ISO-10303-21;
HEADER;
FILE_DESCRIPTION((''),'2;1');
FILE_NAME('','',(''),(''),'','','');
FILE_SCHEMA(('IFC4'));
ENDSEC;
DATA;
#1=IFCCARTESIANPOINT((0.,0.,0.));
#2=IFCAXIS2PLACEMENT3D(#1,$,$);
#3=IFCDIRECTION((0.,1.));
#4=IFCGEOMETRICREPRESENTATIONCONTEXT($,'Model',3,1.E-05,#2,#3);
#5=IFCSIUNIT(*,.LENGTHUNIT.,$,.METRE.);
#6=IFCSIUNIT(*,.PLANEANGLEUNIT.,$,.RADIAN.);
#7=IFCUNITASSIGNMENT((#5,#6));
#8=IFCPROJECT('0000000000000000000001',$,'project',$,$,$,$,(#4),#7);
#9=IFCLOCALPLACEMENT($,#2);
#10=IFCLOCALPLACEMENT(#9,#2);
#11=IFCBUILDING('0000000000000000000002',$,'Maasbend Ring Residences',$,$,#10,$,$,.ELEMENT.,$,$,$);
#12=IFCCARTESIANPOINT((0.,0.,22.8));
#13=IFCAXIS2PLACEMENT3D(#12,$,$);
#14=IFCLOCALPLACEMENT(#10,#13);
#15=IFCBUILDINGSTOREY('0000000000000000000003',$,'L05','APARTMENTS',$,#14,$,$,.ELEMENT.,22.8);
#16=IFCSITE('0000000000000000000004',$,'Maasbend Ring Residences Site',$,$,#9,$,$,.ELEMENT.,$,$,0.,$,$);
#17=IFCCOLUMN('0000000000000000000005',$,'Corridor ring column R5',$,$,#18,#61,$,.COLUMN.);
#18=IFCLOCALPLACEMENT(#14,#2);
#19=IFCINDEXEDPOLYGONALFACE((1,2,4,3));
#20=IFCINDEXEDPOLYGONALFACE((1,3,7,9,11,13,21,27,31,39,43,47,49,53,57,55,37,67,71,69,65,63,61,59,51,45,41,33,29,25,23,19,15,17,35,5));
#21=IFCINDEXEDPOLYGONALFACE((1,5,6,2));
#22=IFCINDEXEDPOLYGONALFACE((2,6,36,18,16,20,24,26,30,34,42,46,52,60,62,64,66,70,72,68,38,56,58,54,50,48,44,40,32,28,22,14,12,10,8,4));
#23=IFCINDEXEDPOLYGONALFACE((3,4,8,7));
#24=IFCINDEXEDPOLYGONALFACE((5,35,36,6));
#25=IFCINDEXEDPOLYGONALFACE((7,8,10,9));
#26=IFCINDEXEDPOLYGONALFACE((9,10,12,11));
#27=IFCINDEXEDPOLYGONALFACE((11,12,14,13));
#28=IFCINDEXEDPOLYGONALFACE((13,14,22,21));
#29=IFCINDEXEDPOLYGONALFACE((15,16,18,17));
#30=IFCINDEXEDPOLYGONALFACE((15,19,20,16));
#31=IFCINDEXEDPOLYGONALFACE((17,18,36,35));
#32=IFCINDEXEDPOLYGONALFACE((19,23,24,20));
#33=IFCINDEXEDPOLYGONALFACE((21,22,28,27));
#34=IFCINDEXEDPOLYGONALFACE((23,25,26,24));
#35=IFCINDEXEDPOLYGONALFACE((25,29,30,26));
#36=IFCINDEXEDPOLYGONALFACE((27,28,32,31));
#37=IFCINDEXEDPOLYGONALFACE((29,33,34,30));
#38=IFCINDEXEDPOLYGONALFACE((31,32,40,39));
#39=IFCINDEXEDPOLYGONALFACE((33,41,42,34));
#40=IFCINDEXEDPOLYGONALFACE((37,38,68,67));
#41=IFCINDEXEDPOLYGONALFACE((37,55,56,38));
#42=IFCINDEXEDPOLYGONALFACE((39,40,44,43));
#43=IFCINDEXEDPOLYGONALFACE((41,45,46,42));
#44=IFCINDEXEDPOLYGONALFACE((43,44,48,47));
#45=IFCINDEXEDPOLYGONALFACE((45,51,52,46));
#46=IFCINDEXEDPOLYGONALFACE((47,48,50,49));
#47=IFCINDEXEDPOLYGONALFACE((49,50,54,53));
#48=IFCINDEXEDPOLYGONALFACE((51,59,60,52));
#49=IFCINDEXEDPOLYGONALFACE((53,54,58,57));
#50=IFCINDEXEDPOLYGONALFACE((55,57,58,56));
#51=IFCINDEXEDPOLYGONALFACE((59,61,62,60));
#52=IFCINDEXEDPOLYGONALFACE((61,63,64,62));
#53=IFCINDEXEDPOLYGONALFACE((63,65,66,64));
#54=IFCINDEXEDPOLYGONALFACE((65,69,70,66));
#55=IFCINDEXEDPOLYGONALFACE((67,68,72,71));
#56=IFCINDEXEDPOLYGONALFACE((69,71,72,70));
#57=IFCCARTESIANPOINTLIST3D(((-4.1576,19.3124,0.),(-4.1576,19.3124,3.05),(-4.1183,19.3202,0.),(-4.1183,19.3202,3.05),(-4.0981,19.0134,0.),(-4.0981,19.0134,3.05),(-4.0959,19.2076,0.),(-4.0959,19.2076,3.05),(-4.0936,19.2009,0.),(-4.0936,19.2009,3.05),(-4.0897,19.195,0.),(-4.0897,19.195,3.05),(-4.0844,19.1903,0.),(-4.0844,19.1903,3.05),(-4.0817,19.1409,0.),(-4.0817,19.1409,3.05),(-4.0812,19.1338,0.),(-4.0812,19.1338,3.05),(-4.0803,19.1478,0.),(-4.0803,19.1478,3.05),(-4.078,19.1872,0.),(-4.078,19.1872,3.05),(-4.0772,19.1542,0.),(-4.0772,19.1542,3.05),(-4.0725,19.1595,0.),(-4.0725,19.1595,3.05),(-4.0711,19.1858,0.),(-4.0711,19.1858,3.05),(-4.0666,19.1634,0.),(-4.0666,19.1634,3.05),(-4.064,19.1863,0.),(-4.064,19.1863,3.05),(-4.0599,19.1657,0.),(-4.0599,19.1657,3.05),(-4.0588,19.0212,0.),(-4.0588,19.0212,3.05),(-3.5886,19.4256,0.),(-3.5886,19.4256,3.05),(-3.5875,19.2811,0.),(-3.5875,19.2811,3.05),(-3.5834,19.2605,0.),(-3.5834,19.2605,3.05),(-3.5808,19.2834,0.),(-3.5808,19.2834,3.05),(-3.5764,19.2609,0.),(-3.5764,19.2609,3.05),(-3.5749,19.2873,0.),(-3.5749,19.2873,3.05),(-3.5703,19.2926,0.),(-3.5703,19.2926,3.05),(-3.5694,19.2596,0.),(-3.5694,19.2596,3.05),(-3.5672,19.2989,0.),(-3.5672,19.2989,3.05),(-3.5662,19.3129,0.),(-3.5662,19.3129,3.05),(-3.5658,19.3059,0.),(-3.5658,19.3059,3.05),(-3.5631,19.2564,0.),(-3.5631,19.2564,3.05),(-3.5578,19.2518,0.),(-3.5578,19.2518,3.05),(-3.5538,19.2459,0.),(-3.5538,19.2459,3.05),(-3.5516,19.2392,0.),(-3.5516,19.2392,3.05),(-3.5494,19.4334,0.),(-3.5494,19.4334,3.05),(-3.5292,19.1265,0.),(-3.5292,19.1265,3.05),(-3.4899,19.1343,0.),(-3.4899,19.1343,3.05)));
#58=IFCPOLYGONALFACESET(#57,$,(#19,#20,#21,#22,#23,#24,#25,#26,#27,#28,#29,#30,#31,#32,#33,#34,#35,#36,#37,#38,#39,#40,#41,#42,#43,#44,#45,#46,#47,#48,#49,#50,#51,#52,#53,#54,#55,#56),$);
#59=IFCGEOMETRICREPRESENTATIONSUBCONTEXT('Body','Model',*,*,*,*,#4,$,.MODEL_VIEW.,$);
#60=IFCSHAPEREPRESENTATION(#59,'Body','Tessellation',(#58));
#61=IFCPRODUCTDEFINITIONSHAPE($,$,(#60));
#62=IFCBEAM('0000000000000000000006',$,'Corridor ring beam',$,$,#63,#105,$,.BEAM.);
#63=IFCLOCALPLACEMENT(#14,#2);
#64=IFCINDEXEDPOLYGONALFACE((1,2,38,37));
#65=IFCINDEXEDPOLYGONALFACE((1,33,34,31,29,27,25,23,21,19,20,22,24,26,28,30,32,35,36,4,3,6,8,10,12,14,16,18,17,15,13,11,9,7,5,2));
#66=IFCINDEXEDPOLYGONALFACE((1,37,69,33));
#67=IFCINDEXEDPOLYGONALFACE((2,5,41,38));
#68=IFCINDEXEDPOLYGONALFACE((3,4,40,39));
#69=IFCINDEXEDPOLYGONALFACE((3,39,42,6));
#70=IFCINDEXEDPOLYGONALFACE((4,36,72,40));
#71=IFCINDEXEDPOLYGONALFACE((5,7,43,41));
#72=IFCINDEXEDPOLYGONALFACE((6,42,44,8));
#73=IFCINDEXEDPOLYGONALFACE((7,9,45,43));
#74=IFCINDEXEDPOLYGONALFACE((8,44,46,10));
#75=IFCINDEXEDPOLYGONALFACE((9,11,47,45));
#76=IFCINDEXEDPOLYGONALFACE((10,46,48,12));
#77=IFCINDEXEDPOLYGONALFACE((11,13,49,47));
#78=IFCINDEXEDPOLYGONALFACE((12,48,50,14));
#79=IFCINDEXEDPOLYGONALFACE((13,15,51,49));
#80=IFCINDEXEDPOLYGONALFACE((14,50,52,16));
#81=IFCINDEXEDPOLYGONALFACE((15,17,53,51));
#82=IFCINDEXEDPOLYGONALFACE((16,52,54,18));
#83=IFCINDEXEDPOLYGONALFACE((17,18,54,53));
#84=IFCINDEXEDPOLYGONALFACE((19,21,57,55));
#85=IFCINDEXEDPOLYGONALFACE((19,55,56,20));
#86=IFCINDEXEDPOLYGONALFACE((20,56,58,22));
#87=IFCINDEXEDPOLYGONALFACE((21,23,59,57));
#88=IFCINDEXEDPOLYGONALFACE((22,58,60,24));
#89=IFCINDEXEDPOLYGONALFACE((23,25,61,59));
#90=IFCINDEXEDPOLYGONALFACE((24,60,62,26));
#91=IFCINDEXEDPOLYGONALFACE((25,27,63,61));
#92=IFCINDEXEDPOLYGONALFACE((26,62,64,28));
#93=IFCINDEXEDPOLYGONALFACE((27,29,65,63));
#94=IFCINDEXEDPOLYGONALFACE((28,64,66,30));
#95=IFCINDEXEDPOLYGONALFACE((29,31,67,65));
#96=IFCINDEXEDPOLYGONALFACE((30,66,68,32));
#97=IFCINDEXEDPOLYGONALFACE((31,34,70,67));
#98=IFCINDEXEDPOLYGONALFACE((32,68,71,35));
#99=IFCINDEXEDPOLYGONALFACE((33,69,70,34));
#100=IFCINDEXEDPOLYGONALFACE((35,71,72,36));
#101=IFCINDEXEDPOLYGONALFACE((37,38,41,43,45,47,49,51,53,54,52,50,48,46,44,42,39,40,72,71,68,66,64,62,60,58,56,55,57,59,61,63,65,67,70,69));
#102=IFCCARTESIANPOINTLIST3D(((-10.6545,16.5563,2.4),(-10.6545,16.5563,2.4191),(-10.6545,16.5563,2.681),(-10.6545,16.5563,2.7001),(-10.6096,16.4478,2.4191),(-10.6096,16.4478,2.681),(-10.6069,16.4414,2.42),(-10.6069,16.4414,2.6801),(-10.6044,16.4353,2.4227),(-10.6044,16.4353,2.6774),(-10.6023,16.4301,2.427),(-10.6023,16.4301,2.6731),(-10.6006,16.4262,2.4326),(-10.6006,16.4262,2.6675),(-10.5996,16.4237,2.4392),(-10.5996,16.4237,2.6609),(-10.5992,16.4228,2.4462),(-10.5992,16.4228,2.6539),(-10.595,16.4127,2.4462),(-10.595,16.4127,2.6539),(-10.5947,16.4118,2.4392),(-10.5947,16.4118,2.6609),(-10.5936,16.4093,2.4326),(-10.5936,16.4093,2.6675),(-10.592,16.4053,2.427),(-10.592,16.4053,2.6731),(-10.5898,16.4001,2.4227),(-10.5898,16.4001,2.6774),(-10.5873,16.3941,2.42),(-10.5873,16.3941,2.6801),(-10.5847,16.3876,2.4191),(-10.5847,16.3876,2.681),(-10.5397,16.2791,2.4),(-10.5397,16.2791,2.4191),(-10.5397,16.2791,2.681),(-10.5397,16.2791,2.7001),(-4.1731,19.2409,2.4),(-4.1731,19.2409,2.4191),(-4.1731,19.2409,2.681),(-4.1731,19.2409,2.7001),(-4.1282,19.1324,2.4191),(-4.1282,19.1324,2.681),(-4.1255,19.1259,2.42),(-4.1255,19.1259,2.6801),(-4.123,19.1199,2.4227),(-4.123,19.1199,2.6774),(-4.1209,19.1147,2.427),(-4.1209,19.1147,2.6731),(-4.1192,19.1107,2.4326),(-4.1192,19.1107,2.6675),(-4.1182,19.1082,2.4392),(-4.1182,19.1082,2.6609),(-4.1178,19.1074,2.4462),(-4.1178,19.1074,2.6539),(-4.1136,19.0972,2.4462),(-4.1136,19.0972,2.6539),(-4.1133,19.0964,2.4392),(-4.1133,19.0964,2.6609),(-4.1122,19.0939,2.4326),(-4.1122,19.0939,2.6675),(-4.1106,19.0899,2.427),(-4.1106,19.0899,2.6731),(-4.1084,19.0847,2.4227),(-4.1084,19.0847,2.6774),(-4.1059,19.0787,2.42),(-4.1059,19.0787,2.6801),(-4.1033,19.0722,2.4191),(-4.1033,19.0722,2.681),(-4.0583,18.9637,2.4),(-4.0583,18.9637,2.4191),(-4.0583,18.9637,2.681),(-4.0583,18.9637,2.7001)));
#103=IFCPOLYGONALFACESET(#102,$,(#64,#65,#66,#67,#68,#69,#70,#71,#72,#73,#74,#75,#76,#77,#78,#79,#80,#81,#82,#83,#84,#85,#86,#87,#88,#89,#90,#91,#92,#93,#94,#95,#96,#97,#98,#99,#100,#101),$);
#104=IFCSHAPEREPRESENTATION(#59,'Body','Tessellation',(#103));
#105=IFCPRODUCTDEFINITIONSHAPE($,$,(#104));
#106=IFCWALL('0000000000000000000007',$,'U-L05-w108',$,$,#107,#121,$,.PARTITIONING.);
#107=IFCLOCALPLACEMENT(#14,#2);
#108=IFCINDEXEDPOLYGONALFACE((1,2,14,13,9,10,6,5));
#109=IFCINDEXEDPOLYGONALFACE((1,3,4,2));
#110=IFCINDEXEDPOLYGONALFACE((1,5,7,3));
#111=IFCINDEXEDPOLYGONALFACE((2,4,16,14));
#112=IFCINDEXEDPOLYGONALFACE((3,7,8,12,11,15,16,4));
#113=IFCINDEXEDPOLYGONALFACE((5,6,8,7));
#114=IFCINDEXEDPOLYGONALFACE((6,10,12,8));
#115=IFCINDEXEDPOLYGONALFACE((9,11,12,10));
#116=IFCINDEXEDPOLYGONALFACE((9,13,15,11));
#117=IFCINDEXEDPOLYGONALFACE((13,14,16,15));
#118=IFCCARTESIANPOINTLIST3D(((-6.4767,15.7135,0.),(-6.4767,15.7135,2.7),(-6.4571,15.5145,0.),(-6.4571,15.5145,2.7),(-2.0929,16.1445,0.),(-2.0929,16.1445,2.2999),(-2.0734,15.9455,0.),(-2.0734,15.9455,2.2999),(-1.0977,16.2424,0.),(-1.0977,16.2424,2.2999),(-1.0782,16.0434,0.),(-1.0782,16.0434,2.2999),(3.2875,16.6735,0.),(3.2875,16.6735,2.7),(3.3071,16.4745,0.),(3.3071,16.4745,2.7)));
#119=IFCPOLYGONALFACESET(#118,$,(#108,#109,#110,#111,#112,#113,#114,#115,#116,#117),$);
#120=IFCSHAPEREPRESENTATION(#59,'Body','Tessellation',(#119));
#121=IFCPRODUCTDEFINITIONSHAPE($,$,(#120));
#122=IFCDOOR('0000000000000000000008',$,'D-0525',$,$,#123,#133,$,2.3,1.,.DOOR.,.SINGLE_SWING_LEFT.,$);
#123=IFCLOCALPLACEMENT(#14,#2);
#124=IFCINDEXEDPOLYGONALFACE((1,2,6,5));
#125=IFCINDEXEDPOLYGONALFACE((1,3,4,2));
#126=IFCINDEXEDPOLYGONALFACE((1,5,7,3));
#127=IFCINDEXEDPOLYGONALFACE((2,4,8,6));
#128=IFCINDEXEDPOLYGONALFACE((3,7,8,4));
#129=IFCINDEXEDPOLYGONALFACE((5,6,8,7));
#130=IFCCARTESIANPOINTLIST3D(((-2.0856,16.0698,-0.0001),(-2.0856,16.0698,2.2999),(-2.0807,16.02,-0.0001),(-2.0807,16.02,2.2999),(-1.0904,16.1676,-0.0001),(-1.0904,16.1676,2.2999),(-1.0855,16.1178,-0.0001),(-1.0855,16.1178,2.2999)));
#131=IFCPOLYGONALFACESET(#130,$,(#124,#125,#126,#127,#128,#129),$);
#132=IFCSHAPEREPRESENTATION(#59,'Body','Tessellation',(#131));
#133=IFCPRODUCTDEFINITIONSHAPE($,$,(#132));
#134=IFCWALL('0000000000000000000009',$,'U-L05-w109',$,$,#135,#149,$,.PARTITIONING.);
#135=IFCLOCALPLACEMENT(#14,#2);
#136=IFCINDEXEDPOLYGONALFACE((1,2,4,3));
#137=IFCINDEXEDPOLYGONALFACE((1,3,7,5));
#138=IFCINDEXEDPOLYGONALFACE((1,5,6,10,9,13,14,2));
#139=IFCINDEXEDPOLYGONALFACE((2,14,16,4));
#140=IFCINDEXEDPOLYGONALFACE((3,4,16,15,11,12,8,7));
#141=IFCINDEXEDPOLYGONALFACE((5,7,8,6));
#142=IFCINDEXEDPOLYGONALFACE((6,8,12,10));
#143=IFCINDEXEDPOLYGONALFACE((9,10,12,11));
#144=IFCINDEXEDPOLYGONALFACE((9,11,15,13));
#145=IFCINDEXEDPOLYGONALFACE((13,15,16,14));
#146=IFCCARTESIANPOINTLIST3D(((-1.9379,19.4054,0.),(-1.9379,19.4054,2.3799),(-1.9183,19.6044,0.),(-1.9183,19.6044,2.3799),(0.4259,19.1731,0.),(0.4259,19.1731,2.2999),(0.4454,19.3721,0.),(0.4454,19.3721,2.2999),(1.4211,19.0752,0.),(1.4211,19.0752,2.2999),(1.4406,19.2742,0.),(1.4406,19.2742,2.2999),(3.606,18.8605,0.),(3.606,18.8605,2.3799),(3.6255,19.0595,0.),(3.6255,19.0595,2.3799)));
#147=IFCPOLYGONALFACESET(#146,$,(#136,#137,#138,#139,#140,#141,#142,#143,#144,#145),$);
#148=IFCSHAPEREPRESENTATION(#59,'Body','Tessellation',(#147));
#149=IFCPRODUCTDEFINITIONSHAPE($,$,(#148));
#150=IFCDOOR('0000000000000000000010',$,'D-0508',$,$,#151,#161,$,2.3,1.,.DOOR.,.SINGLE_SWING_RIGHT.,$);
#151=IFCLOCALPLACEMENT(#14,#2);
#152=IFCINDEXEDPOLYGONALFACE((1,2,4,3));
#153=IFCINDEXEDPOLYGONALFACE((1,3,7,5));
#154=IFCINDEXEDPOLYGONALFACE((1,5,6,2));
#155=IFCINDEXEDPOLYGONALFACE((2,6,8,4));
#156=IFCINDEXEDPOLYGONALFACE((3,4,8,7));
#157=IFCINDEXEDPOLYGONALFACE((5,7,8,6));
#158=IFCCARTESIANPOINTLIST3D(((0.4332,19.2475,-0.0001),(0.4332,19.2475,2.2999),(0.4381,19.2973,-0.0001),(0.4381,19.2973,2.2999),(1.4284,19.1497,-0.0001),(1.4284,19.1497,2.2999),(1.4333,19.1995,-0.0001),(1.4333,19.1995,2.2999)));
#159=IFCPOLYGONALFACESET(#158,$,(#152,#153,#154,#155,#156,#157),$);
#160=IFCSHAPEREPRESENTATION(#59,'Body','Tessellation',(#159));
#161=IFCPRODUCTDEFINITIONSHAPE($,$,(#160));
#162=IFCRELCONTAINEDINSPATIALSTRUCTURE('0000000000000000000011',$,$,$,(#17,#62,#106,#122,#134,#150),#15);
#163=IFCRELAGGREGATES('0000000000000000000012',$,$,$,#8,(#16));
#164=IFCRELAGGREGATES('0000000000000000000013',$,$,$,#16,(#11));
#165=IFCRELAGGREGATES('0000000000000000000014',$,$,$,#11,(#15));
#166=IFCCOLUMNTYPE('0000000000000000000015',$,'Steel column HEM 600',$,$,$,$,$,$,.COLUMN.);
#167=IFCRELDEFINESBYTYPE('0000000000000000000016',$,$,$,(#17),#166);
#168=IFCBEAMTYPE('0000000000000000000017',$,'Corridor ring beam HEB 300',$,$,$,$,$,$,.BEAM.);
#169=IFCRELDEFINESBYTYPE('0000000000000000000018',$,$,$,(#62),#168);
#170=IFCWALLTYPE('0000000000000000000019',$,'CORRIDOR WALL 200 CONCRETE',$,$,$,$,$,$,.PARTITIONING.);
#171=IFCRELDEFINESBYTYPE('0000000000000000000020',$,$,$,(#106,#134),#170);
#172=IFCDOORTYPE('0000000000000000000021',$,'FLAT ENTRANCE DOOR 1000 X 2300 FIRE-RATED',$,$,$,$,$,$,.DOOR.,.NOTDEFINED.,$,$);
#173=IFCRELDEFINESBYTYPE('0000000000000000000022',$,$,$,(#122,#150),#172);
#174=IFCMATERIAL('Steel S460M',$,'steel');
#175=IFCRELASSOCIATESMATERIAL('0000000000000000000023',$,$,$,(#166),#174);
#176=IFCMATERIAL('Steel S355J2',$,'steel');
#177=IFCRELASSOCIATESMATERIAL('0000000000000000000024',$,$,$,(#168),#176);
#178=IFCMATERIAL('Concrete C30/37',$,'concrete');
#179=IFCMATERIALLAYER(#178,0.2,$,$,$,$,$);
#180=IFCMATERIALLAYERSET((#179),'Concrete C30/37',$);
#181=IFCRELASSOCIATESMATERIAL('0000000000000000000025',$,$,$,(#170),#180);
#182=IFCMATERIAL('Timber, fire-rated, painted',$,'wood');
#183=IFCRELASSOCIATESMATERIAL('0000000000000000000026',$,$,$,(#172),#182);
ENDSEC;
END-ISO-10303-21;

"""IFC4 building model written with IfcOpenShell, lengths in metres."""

from ifc_helpers import new_model, si_unit, direction, frame, frame_2d, origin, origin_2d, place, context, subcontext, project, spatial, rectangle, i_section, extrude, material, layer, layer_set, material_profile, profile_set, type_object, element, fill, save


model = new_model("IFC4")

# Units and contexts
model_context = context("Model", 3, precision=1e-05, world=origin(), true_north=direction((0.0, 1.0)))
body_context = subcontext(model_context, "Body", "Model", "MODEL_VIEW")
ifc_project = project(units=[si_unit("LENGTHUNIT", "METRE"), si_unit("PLANEANGLEUNIT", "RADIAN")], contexts=[model_context])

# Site, building, storey
site_placement = place(None, origin())
site = spatial("IfcSite", under=ifc_project, at=site_placement, Name="Maasbend Ring Residences Site", CompositionType="ELEMENT", RefElevation=0.0)
building_placement = place(site_placement, origin())
building = spatial("IfcBuilding", under=site, at=building_placement, Name="Maasbend Ring Residences", CompositionType="ELEMENT")
storey_placement = place(building_placement, frame((0.0, 0.0, 22.8)))
storey = spatial("IfcBuildingStorey", under=building, at=storey_placement, Name="L05", Description="APARTMENTS", CompositionType="ELEMENT", Elevation=22.8)

# Column
ifc_material_1 = material(Name="Steel S460M", Category="steel")
ifc_material_profile_1 = material_profile(ifc_material_1, i_section(OverallWidth=0.3049, OverallDepth=0.6201, WebThickness=0.021, FlangeThickness=0.04, FilletRadius=0.0271, at=origin_2d()), Name="HEM 600")
ifc_profile_set_1 = profile_set([ifc_material_profile_1], Name="Steel S460M")
column_type = type_object("IfcColumnType", Name="Steel column HEM 600", PredefinedType="COLUMN", material=ifc_profile_set_1)
column_placement = place(storey_placement, frame((-3.8237, 19.2234, 0.0), z_axis=(0.0, 0.0, 1.0), x_axis=(-0.19509, 0.980785, 0.0)))
element("IfcColumn", 1, at=column_placement, inside=storey, type_object=column_type, Name="Corridor ring column R5", PredefinedType="COLUMN", context=body_context, shape_type="SweptSolid", body=[
    extrude(i_section(OverallWidth=0.3049, OverallDepth=0.6201, WebThickness=0.021, FlangeThickness=0.04, FilletRadius=0.0271, at=origin_2d()), origin(), (0.0, 0.0, 1.0), 3.05),
])

# Beam
ifc_material_2 = material(Name="Steel S355J2", Category="steel")
ifc_material_profile_2 = material_profile(ifc_material_2, i_section(OverallWidth=0.3, OverallDepth=0.3, WebThickness=0.011, FlangeThickness=0.019, FilletRadius=0.0271, at=origin_2d()), Name="HEB 300")
ifc_profile_set_2 = profile_set([ifc_material_profile_2], Name="Steel S355J2")
beam_type = type_object("IfcBeamType", Name="Corridor ring beam HEB 300", PredefinedType="BEAM", material=ifc_profile_set_2)
beam_placement = place(storey_placement, frame((-4.1157, 19.1023, 2.55), z_axis=(-0.923886, -0.382667, 0.0), x_axis=(0.382667, -0.923886, 0.0)))
element("IfcBeam", 2, at=beam_placement, inside=storey, type_object=beam_type, Name="Corridor ring beam", PredefinedType="BEAM", context=body_context, shape_type="SweptSolid", body=[
    extrude(i_section(OverallWidth=0.3, OverallDepth=0.3, WebThickness=0.011, FlangeThickness=0.019, FilletRadius=0.0271, at=origin_2d()), origin(), (0.0, 0.0, 1.0), 7.0154),
])

# Walls, openings, doors
ifc_material_3 = material(Name="Concrete C30/37", Category="concrete")
ifc_layer_1 = layer(ifc_material_3, 0.2)
ifc_layer_set_1 = layer_set([ifc_layer_1], Name="Concrete C30/37")
wall_type_1 = type_object("IfcWallType", Name="CORRIDOR WALL 200 CONCRETE", PredefinedType="PARTITIONING", material=ifc_layer_set_1)
wall_1_placement = place(storey_placement, frame((-6.467, 15.614, 0.0), z_axis=(0.0, 0.0, 1.0), x_axis=(0.995202, 0.097843, 0.0)))
wall_1 = element("IfcWall", 3, at=wall_1_placement, inside=storey, type_object=wall_type_1, Name="U-L05-w108", PredefinedType="PARTITIONING", context=body_context, shape_type="SweptSolid", body=[
    extrude(rectangle(XDim=9.8113, YDim=0.2, at=frame_2d((4.9058, 0.0))), origin(), (0.0, 0.0, 1.0), 2.7),
])
opening_1_placement = place(wall_1_placement, frame((4.405, 0.0, 0.0)))
opening_1 = element("IfcOpeningElement", 4, at=opening_1_placement, cuts=wall_1, PredefinedType="OPENING", context=body_context, shape_type="SweptSolid", body=[
    extrude(rectangle(XDim=1.0, YDim=2.3, at=frame_2d((0.5, 1.1499))), frame((0.0, 0.1099, 0.0), z_axis=(0.0, -1.0, 0.0), x_axis=(1.0, 0.0, 0.0)), (0.0, 0.0, 1.0), 0.22),
])
ifc_material_4 = material(Name="Timber, fire-rated, painted", Category="wood")
door_type_1 = type_object("IfcDoorType", Name="FLAT ENTRANCE DOOR 1000 X 2300 FIRE-RATED", OperationType="NOTDEFINED", PredefinedType="DOOR", material=ifc_material_4)
door_1_placement = place(opening_1_placement, origin())
door_1 = element("IfcDoor", 5, at=door_1_placement, inside=storey, type_object=door_type_1, Name="D-0525", OperationType="SINGLE_SWING_LEFT", OverallHeight=2.3, OverallWidth=1.0, PredefinedType="DOOR", context=body_context, shape_type="SweptSolid", body=[
    extrude(rectangle(XDim=1.0, YDim=2.3, at=frame_2d((0.5, 1.1499))), frame((0.0, 0.0249, 0.0), z_axis=(0.0, -1.0, 0.0), x_axis=(1.0, 0.0, 0.0)), (0.0, 0.0, 1.0), 0.05),
])
fill(opening_1, door_1)
wall_2_placement = place(storey_placement, frame((-1.928, 19.5049, 0.0), z_axis=(0.0, 0.0, 1.0), x_axis=(0.995204, -0.09782, 0.0)))
wall_2 = element("IfcWall", 6, at=wall_2_placement, inside=storey, type_object=wall_type_1, Name="U-L05-w109", PredefinedType="PARTITIONING", context=body_context, shape_type="SweptSolid", body=[
    extrude(rectangle(XDim=5.5706, YDim=0.2, at=frame_2d((2.7852, 0.0))), origin(), (0.0, 0.0, 1.0), 2.3799),
])
opening_2_placement = place(wall_2_placement, frame((2.375, 0.0, 0.0)))
opening_2 = element("IfcOpeningElement", 7, at=opening_2_placement, cuts=wall_2, PredefinedType="OPENING", context=body_context, shape_type="SweptSolid", body=[
    extrude(rectangle(XDim=1.0, YDim=2.3, at=frame_2d((0.5, 1.1499))), frame((0.0, 0.1099, 0.0), z_axis=(0.0, -1.0, 0.0), x_axis=(1.0, 0.0, 0.0)), (0.0, 0.0, 1.0), 0.22),
])
door_2_placement = place(opening_2_placement, origin())
door_2 = element("IfcDoor", 8, at=door_2_placement, inside=storey, type_object=door_type_1, Name="D-0508", OperationType="SINGLE_SWING_RIGHT", OverallHeight=2.3, OverallWidth=1.0, PredefinedType="DOOR", context=body_context, shape_type="SweptSolid", body=[
    extrude(rectangle(XDim=1.0, YDim=2.3, at=frame_2d((0.5, 1.1499))), frame((0.0, 0.0249, 0.0), z_axis=(0.0, -1.0, 0.0), x_axis=(1.0, 0.0, 0.0)), (0.0, 0.0, 1.0), 0.05),
])
fill(opening_2, door_2)

save(model, "model.ifc")
